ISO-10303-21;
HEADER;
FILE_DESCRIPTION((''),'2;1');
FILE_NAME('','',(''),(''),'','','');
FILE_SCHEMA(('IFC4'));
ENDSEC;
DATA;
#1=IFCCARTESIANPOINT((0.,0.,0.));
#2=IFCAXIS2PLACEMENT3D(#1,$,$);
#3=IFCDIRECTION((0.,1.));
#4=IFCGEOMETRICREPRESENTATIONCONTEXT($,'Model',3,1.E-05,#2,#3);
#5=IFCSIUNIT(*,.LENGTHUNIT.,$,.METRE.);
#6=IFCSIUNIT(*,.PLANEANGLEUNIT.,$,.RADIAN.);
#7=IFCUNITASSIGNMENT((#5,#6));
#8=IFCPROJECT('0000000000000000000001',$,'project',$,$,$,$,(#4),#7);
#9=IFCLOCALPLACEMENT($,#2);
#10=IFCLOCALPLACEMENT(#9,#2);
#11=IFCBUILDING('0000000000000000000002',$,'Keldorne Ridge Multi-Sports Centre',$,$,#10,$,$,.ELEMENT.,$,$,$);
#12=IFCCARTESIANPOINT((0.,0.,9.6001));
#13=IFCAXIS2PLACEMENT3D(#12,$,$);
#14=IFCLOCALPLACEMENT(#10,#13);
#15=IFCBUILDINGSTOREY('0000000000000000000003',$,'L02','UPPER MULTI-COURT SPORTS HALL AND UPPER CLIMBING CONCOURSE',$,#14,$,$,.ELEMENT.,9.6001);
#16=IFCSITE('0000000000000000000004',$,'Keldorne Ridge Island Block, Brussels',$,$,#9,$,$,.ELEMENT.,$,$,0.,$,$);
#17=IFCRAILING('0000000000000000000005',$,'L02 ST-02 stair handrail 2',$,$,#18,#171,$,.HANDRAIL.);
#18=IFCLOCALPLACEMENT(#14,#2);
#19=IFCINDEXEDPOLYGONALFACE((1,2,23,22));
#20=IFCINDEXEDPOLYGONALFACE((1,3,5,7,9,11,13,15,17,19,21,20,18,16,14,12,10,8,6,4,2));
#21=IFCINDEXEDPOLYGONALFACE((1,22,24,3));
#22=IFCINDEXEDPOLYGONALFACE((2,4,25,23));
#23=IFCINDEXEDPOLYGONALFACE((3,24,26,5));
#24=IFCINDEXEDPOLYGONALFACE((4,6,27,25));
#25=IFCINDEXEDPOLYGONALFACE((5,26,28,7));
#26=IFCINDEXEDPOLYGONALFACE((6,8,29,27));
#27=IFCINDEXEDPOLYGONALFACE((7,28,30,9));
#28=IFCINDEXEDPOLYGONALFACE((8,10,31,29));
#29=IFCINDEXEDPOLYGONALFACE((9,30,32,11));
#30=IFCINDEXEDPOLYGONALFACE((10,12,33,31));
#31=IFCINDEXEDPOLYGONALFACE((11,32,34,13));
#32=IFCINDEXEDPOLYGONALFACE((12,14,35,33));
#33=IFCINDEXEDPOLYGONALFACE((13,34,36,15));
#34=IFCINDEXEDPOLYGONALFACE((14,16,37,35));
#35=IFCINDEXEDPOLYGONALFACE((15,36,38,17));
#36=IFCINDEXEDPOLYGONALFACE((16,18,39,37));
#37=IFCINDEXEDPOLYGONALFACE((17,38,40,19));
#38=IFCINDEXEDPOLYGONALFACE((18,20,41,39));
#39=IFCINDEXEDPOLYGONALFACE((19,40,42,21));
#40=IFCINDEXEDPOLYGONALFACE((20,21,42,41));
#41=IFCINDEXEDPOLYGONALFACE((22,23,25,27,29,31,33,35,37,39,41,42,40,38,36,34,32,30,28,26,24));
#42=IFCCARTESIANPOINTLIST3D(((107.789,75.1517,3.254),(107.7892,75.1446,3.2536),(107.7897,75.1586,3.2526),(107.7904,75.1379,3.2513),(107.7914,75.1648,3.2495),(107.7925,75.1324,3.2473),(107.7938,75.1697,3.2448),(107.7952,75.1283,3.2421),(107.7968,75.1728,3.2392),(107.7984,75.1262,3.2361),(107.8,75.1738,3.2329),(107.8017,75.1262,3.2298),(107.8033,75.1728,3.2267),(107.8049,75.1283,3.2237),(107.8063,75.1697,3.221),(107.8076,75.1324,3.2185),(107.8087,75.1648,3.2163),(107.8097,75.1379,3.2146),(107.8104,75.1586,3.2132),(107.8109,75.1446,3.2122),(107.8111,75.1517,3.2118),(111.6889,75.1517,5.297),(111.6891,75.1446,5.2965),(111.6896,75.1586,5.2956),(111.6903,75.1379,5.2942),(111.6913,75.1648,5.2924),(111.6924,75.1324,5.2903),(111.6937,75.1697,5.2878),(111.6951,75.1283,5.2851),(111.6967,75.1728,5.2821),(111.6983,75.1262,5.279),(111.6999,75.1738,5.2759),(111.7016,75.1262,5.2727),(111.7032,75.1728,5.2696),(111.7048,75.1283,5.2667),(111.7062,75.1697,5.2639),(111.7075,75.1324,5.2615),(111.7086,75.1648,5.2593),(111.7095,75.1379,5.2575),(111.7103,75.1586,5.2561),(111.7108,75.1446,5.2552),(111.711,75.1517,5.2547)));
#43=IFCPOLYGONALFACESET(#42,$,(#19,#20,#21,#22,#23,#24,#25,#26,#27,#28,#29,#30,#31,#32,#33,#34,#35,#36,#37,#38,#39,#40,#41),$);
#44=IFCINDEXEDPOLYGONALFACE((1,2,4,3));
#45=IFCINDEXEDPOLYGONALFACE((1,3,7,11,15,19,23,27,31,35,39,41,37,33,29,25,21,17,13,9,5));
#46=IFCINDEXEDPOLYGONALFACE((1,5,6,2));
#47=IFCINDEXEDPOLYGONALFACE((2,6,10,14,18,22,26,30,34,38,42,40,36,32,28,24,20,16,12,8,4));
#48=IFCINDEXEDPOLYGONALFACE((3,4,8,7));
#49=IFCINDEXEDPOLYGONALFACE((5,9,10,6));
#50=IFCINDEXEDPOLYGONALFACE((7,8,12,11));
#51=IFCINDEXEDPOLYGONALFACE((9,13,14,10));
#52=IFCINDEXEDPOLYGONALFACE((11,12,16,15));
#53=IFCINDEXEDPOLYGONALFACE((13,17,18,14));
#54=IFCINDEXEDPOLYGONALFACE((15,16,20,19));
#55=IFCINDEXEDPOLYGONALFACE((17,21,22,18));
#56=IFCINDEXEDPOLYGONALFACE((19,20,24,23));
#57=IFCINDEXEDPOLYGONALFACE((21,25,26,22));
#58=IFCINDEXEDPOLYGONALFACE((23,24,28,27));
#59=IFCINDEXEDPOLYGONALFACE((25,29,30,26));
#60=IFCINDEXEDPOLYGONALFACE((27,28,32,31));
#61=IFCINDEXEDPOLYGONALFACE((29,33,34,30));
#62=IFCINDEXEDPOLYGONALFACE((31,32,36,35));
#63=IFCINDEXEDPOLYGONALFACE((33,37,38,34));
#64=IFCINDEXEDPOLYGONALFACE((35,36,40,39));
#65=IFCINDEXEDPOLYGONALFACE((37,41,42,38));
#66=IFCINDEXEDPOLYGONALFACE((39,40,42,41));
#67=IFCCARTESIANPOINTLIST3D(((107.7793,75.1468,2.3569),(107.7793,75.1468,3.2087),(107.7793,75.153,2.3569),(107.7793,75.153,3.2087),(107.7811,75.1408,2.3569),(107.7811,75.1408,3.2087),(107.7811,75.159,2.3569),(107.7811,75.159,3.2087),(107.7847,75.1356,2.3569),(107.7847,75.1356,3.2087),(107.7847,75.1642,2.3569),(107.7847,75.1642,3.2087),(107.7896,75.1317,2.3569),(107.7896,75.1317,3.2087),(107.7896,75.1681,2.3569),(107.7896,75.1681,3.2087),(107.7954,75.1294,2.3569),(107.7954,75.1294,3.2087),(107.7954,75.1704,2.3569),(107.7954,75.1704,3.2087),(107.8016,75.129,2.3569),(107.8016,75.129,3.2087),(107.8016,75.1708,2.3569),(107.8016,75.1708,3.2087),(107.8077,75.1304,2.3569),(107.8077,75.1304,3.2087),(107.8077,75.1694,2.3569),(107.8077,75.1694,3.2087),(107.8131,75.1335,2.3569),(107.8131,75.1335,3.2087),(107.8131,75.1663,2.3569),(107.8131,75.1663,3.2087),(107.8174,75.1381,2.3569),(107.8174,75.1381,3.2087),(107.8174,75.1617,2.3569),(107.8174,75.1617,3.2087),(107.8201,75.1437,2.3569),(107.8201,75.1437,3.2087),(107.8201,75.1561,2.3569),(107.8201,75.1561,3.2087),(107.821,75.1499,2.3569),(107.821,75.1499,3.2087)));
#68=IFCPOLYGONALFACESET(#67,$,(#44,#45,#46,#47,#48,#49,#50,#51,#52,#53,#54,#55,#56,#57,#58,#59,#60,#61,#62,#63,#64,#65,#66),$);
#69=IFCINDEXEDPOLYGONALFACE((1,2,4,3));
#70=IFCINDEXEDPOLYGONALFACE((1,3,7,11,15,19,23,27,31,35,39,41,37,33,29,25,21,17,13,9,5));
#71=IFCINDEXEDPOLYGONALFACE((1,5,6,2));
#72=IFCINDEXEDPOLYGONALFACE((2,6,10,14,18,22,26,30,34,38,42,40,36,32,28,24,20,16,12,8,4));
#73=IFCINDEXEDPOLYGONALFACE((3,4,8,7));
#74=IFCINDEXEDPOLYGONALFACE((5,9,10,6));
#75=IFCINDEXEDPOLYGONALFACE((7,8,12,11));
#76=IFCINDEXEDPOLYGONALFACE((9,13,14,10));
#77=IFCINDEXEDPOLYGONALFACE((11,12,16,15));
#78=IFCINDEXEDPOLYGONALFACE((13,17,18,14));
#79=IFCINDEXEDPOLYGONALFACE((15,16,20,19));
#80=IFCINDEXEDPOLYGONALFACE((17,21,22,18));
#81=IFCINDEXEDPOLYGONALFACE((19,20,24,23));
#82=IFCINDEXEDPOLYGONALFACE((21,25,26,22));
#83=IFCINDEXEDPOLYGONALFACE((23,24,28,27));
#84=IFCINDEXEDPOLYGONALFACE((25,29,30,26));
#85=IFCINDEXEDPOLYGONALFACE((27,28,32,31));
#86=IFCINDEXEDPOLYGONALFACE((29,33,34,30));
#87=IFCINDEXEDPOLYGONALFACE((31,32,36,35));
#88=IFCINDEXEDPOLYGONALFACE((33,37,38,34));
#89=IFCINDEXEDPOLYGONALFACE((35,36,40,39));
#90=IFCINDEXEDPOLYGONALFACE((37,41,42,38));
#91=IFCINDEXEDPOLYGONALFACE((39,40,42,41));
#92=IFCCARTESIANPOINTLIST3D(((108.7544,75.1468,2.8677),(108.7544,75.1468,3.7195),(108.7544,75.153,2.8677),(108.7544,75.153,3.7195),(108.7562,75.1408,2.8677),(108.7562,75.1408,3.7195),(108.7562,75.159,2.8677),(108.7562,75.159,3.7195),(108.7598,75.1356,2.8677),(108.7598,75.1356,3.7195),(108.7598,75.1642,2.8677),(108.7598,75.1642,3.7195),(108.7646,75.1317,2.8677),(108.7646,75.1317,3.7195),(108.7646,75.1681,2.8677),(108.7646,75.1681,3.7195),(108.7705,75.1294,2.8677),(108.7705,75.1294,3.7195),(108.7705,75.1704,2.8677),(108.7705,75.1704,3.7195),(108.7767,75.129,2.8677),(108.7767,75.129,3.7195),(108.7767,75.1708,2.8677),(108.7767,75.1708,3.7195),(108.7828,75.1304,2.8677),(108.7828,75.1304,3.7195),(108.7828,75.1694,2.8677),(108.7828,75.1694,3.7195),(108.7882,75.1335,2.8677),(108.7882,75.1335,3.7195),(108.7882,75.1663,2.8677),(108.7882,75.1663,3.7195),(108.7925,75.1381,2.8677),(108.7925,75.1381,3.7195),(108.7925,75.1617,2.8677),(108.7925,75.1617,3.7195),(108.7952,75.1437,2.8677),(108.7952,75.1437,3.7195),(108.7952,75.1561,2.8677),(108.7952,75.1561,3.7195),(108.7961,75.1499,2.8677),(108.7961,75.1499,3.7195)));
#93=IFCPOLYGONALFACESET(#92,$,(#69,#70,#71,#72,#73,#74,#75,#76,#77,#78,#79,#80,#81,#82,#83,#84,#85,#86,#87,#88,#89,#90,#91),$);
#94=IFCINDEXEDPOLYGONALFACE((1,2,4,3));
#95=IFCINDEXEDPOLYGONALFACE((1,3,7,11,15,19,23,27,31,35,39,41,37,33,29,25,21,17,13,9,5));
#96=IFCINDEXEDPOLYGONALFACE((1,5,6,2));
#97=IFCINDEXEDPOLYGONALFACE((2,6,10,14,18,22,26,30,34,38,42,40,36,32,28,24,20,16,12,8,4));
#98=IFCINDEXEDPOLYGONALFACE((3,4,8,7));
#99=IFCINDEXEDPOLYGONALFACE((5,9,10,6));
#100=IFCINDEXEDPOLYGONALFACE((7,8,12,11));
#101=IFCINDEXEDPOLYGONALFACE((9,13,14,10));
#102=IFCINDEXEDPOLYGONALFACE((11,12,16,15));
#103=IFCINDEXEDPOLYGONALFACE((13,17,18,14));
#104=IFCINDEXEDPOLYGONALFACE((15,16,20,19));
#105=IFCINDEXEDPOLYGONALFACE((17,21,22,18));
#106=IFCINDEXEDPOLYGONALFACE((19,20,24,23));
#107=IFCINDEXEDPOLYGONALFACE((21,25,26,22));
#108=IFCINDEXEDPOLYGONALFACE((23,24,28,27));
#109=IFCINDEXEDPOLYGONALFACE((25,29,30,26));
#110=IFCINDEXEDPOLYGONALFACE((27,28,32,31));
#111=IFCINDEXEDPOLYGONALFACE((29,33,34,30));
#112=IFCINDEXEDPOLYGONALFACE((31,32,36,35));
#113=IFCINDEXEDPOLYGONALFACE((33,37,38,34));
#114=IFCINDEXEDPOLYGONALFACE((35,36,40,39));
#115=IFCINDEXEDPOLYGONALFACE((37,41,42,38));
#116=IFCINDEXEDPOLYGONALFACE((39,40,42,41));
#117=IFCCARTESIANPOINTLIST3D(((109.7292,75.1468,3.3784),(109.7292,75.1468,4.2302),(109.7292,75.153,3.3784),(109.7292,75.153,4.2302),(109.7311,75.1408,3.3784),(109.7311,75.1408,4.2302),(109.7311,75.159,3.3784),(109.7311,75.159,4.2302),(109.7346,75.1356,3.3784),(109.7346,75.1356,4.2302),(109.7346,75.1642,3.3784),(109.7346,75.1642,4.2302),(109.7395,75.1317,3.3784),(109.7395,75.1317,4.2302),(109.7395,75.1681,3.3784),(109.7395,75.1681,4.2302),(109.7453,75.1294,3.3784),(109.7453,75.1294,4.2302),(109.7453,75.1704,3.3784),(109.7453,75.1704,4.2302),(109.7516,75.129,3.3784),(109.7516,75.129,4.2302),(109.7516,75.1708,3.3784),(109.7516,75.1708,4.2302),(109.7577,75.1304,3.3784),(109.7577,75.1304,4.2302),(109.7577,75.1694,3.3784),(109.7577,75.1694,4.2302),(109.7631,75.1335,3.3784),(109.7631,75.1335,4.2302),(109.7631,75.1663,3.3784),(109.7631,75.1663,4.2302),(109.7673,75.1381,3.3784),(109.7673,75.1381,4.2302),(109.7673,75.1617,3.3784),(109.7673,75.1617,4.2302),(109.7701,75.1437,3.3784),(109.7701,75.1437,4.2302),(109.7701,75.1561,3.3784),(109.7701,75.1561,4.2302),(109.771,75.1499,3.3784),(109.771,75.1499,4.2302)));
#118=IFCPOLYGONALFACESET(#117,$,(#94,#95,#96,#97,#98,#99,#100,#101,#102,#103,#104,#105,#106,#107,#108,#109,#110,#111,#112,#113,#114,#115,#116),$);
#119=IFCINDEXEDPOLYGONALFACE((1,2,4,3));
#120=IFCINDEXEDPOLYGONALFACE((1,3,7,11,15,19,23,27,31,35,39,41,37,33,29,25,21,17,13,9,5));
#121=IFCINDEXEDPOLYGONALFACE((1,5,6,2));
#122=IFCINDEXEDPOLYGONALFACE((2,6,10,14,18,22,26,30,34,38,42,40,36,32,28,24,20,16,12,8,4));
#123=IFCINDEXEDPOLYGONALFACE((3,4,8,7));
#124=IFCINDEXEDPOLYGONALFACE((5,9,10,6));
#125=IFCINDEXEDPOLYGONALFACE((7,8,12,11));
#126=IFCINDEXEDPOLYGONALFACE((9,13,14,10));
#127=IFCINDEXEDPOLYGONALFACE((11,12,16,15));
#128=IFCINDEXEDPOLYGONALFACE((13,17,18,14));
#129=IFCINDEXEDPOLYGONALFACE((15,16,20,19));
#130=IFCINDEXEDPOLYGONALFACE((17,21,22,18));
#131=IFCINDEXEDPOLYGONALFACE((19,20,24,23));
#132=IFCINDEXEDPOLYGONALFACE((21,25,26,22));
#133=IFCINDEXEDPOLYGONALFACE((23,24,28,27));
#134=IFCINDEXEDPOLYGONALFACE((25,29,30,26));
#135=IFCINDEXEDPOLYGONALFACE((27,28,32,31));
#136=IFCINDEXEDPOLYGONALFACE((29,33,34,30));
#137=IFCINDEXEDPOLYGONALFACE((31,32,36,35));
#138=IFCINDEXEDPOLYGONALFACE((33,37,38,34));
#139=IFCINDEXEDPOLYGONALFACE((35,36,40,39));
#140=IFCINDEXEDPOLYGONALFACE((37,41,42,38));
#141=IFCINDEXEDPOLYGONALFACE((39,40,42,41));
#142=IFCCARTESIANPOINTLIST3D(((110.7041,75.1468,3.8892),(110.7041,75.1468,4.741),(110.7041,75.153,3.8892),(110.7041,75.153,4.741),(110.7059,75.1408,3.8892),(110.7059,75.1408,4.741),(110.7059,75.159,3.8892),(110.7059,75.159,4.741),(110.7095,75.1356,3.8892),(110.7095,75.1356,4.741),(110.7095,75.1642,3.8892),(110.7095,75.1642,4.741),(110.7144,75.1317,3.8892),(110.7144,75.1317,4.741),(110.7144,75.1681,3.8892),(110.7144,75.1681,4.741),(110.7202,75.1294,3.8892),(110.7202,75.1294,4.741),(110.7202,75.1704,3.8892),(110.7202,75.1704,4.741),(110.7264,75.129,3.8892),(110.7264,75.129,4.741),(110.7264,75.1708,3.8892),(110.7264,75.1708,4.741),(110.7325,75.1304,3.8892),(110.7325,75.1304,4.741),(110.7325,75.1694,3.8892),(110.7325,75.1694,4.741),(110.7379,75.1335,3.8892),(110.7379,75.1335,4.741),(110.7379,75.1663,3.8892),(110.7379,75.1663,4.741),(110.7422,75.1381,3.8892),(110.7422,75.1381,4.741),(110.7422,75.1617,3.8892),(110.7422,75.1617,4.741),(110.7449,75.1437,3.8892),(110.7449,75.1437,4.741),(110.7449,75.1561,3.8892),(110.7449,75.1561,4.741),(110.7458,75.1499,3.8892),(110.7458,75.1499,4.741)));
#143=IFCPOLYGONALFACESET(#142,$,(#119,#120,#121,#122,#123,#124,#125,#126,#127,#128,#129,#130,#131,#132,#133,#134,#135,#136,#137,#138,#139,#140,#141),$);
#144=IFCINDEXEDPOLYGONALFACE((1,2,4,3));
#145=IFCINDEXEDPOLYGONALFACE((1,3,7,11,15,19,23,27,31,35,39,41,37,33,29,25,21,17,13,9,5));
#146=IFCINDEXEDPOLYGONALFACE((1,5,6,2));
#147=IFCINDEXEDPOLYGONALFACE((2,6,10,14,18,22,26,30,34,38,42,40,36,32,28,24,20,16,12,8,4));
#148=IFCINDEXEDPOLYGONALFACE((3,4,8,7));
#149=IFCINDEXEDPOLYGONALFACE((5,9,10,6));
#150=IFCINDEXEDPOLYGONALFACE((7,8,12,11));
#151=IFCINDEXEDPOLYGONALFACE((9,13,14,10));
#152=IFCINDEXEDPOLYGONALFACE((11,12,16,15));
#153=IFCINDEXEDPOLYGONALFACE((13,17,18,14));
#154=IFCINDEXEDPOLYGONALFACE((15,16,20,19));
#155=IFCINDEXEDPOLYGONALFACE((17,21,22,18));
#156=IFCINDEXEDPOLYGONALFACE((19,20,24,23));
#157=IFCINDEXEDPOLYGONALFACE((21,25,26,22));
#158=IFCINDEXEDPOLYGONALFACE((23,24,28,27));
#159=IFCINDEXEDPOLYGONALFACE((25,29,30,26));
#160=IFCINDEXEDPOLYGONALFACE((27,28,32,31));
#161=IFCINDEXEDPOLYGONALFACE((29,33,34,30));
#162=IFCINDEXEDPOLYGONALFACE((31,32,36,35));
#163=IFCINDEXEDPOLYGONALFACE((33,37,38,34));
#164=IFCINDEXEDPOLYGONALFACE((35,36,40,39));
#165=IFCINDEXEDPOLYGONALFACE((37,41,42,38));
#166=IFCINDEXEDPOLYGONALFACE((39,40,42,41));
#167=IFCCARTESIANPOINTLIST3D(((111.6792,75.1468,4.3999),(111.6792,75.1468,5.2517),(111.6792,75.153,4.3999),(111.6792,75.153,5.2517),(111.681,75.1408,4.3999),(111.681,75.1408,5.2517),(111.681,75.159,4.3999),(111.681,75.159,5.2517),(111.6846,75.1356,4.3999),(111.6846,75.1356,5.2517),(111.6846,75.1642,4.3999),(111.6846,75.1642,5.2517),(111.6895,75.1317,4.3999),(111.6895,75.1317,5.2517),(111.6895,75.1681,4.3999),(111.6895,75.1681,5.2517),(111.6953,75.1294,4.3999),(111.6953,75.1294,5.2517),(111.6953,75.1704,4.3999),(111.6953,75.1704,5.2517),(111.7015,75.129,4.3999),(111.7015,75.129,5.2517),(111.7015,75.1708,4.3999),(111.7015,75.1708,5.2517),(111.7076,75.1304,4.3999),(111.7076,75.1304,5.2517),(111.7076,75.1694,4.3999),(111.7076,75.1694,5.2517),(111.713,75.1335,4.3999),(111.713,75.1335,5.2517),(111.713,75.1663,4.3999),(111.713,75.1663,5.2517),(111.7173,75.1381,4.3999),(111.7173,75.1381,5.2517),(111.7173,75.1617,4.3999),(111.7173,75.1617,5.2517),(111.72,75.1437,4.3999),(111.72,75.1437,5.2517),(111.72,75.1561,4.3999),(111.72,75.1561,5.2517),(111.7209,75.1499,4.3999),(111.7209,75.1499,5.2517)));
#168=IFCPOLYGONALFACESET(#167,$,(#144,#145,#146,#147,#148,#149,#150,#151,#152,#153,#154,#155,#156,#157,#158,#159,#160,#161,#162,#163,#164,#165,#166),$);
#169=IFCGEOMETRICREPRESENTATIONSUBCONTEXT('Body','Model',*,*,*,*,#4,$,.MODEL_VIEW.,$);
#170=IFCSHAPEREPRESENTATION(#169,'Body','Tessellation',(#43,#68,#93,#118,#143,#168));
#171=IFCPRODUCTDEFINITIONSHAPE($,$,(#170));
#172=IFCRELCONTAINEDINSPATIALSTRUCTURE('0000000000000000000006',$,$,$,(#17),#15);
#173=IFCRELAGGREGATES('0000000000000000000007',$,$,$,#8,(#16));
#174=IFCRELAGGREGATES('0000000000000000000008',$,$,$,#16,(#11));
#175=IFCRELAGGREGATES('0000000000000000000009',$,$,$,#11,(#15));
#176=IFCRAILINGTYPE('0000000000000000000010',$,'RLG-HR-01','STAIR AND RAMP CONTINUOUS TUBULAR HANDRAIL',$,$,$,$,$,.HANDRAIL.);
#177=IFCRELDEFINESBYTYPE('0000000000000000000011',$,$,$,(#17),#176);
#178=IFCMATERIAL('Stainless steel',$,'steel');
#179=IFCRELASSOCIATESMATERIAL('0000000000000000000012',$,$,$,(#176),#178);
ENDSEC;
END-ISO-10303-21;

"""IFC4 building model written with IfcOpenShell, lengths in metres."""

from ifc_helpers import new_model, si_unit, direction, frame, origin, origin_2d, place, context, subcontext, project, spatial, circle, extrude, material, type_object, element, save


model = new_model("IFC4")

# Units and contexts
model_context = context("Model", 3, precision=1e-05, world=origin(), true_north=direction((0.0, 1.0)))
body_context = subcontext(model_context, "Body", "Model", "MODEL_VIEW")
ifc_project = project(units=[si_unit("LENGTHUNIT", "METRE"), si_unit("PLANEANGLEUNIT", "RADIAN")], contexts=[model_context])

# Site, building, storey
site_placement = place(None, origin())
site = spatial("IfcSite", under=ifc_project, at=site_placement, Name="Keldorne Ridge Island Block, Brussels", CompositionType="ELEMENT", RefElevation=0.0)
building_placement = place(site_placement, origin())
building = spatial("IfcBuilding", under=site, at=building_placement, Name="Keldorne Ridge Multi-Sports Centre", CompositionType="ELEMENT")
storey_placement = place(building_placement, frame((0.0, 0.0, 9.6001)))
storey = spatial("IfcBuildingStorey", under=building, at=storey_placement, Name="L02", Description="UPPER MULTI-COURT SPORTS HALL AND UPPER CLIMBING CONCOURSE", CompositionType="ELEMENT", Elevation=9.6001)

# Railing
ifc_material_1 = material(Name="Stainless steel", Category="steel")
railing_type_1 = type_object("IfcRailingType", Name="RLG-HR-01", Description="STAIR AND RAMP CONTINUOUS TUBULAR HANDRAIL", PredefinedType="HANDRAIL", material=ifc_material_1)
railing_1_placement = place(storey_placement, frame((107.8, 75.1499, 2.3569)))
element("IfcRailing", 1, at=railing_1_placement, inside=storey, type_object=railing_type_1, Name="L02 ST-02 stair handrail 2", PredefinedType="HANDRAIL", context=body_context, shape_type="SweptSolid", body=[
    extrude(circle(Radius=0.0239, at=origin_2d()), frame((0.0, 0.0, 0.876), z_axis=(0.885816, 0.0, 0.464036), x_axis=(0.0, 1.0, 0.0)), (0.0, 0.0, 1.0), 4.4026),
    extrude(circle(Radius=0.021, at=origin_2d()), origin(), (0.0, 0.0, 1.0), 0.8518),
    extrude(circle(Radius=0.021, at=origin_2d()), frame((0.9751, 0.0, 0.5107)), (0.0, 0.0, 1.0), 0.8518),
    extrude(circle(Radius=0.021, at=origin_2d()), frame((1.95, 0.0, 1.0215)), (0.0, 0.0, 1.0), 0.8518),
    extrude(circle(Radius=0.021, at=origin_2d()), frame((2.9248, 0.0, 1.5322)), (0.0, 0.0, 1.0), 0.8518),
    extrude(circle(Radius=0.021, at=origin_2d()), frame((3.8999, 0.0, 2.043)), (0.0, 0.0, 1.0), 0.8518),
])

save(model, "model.ifc")
